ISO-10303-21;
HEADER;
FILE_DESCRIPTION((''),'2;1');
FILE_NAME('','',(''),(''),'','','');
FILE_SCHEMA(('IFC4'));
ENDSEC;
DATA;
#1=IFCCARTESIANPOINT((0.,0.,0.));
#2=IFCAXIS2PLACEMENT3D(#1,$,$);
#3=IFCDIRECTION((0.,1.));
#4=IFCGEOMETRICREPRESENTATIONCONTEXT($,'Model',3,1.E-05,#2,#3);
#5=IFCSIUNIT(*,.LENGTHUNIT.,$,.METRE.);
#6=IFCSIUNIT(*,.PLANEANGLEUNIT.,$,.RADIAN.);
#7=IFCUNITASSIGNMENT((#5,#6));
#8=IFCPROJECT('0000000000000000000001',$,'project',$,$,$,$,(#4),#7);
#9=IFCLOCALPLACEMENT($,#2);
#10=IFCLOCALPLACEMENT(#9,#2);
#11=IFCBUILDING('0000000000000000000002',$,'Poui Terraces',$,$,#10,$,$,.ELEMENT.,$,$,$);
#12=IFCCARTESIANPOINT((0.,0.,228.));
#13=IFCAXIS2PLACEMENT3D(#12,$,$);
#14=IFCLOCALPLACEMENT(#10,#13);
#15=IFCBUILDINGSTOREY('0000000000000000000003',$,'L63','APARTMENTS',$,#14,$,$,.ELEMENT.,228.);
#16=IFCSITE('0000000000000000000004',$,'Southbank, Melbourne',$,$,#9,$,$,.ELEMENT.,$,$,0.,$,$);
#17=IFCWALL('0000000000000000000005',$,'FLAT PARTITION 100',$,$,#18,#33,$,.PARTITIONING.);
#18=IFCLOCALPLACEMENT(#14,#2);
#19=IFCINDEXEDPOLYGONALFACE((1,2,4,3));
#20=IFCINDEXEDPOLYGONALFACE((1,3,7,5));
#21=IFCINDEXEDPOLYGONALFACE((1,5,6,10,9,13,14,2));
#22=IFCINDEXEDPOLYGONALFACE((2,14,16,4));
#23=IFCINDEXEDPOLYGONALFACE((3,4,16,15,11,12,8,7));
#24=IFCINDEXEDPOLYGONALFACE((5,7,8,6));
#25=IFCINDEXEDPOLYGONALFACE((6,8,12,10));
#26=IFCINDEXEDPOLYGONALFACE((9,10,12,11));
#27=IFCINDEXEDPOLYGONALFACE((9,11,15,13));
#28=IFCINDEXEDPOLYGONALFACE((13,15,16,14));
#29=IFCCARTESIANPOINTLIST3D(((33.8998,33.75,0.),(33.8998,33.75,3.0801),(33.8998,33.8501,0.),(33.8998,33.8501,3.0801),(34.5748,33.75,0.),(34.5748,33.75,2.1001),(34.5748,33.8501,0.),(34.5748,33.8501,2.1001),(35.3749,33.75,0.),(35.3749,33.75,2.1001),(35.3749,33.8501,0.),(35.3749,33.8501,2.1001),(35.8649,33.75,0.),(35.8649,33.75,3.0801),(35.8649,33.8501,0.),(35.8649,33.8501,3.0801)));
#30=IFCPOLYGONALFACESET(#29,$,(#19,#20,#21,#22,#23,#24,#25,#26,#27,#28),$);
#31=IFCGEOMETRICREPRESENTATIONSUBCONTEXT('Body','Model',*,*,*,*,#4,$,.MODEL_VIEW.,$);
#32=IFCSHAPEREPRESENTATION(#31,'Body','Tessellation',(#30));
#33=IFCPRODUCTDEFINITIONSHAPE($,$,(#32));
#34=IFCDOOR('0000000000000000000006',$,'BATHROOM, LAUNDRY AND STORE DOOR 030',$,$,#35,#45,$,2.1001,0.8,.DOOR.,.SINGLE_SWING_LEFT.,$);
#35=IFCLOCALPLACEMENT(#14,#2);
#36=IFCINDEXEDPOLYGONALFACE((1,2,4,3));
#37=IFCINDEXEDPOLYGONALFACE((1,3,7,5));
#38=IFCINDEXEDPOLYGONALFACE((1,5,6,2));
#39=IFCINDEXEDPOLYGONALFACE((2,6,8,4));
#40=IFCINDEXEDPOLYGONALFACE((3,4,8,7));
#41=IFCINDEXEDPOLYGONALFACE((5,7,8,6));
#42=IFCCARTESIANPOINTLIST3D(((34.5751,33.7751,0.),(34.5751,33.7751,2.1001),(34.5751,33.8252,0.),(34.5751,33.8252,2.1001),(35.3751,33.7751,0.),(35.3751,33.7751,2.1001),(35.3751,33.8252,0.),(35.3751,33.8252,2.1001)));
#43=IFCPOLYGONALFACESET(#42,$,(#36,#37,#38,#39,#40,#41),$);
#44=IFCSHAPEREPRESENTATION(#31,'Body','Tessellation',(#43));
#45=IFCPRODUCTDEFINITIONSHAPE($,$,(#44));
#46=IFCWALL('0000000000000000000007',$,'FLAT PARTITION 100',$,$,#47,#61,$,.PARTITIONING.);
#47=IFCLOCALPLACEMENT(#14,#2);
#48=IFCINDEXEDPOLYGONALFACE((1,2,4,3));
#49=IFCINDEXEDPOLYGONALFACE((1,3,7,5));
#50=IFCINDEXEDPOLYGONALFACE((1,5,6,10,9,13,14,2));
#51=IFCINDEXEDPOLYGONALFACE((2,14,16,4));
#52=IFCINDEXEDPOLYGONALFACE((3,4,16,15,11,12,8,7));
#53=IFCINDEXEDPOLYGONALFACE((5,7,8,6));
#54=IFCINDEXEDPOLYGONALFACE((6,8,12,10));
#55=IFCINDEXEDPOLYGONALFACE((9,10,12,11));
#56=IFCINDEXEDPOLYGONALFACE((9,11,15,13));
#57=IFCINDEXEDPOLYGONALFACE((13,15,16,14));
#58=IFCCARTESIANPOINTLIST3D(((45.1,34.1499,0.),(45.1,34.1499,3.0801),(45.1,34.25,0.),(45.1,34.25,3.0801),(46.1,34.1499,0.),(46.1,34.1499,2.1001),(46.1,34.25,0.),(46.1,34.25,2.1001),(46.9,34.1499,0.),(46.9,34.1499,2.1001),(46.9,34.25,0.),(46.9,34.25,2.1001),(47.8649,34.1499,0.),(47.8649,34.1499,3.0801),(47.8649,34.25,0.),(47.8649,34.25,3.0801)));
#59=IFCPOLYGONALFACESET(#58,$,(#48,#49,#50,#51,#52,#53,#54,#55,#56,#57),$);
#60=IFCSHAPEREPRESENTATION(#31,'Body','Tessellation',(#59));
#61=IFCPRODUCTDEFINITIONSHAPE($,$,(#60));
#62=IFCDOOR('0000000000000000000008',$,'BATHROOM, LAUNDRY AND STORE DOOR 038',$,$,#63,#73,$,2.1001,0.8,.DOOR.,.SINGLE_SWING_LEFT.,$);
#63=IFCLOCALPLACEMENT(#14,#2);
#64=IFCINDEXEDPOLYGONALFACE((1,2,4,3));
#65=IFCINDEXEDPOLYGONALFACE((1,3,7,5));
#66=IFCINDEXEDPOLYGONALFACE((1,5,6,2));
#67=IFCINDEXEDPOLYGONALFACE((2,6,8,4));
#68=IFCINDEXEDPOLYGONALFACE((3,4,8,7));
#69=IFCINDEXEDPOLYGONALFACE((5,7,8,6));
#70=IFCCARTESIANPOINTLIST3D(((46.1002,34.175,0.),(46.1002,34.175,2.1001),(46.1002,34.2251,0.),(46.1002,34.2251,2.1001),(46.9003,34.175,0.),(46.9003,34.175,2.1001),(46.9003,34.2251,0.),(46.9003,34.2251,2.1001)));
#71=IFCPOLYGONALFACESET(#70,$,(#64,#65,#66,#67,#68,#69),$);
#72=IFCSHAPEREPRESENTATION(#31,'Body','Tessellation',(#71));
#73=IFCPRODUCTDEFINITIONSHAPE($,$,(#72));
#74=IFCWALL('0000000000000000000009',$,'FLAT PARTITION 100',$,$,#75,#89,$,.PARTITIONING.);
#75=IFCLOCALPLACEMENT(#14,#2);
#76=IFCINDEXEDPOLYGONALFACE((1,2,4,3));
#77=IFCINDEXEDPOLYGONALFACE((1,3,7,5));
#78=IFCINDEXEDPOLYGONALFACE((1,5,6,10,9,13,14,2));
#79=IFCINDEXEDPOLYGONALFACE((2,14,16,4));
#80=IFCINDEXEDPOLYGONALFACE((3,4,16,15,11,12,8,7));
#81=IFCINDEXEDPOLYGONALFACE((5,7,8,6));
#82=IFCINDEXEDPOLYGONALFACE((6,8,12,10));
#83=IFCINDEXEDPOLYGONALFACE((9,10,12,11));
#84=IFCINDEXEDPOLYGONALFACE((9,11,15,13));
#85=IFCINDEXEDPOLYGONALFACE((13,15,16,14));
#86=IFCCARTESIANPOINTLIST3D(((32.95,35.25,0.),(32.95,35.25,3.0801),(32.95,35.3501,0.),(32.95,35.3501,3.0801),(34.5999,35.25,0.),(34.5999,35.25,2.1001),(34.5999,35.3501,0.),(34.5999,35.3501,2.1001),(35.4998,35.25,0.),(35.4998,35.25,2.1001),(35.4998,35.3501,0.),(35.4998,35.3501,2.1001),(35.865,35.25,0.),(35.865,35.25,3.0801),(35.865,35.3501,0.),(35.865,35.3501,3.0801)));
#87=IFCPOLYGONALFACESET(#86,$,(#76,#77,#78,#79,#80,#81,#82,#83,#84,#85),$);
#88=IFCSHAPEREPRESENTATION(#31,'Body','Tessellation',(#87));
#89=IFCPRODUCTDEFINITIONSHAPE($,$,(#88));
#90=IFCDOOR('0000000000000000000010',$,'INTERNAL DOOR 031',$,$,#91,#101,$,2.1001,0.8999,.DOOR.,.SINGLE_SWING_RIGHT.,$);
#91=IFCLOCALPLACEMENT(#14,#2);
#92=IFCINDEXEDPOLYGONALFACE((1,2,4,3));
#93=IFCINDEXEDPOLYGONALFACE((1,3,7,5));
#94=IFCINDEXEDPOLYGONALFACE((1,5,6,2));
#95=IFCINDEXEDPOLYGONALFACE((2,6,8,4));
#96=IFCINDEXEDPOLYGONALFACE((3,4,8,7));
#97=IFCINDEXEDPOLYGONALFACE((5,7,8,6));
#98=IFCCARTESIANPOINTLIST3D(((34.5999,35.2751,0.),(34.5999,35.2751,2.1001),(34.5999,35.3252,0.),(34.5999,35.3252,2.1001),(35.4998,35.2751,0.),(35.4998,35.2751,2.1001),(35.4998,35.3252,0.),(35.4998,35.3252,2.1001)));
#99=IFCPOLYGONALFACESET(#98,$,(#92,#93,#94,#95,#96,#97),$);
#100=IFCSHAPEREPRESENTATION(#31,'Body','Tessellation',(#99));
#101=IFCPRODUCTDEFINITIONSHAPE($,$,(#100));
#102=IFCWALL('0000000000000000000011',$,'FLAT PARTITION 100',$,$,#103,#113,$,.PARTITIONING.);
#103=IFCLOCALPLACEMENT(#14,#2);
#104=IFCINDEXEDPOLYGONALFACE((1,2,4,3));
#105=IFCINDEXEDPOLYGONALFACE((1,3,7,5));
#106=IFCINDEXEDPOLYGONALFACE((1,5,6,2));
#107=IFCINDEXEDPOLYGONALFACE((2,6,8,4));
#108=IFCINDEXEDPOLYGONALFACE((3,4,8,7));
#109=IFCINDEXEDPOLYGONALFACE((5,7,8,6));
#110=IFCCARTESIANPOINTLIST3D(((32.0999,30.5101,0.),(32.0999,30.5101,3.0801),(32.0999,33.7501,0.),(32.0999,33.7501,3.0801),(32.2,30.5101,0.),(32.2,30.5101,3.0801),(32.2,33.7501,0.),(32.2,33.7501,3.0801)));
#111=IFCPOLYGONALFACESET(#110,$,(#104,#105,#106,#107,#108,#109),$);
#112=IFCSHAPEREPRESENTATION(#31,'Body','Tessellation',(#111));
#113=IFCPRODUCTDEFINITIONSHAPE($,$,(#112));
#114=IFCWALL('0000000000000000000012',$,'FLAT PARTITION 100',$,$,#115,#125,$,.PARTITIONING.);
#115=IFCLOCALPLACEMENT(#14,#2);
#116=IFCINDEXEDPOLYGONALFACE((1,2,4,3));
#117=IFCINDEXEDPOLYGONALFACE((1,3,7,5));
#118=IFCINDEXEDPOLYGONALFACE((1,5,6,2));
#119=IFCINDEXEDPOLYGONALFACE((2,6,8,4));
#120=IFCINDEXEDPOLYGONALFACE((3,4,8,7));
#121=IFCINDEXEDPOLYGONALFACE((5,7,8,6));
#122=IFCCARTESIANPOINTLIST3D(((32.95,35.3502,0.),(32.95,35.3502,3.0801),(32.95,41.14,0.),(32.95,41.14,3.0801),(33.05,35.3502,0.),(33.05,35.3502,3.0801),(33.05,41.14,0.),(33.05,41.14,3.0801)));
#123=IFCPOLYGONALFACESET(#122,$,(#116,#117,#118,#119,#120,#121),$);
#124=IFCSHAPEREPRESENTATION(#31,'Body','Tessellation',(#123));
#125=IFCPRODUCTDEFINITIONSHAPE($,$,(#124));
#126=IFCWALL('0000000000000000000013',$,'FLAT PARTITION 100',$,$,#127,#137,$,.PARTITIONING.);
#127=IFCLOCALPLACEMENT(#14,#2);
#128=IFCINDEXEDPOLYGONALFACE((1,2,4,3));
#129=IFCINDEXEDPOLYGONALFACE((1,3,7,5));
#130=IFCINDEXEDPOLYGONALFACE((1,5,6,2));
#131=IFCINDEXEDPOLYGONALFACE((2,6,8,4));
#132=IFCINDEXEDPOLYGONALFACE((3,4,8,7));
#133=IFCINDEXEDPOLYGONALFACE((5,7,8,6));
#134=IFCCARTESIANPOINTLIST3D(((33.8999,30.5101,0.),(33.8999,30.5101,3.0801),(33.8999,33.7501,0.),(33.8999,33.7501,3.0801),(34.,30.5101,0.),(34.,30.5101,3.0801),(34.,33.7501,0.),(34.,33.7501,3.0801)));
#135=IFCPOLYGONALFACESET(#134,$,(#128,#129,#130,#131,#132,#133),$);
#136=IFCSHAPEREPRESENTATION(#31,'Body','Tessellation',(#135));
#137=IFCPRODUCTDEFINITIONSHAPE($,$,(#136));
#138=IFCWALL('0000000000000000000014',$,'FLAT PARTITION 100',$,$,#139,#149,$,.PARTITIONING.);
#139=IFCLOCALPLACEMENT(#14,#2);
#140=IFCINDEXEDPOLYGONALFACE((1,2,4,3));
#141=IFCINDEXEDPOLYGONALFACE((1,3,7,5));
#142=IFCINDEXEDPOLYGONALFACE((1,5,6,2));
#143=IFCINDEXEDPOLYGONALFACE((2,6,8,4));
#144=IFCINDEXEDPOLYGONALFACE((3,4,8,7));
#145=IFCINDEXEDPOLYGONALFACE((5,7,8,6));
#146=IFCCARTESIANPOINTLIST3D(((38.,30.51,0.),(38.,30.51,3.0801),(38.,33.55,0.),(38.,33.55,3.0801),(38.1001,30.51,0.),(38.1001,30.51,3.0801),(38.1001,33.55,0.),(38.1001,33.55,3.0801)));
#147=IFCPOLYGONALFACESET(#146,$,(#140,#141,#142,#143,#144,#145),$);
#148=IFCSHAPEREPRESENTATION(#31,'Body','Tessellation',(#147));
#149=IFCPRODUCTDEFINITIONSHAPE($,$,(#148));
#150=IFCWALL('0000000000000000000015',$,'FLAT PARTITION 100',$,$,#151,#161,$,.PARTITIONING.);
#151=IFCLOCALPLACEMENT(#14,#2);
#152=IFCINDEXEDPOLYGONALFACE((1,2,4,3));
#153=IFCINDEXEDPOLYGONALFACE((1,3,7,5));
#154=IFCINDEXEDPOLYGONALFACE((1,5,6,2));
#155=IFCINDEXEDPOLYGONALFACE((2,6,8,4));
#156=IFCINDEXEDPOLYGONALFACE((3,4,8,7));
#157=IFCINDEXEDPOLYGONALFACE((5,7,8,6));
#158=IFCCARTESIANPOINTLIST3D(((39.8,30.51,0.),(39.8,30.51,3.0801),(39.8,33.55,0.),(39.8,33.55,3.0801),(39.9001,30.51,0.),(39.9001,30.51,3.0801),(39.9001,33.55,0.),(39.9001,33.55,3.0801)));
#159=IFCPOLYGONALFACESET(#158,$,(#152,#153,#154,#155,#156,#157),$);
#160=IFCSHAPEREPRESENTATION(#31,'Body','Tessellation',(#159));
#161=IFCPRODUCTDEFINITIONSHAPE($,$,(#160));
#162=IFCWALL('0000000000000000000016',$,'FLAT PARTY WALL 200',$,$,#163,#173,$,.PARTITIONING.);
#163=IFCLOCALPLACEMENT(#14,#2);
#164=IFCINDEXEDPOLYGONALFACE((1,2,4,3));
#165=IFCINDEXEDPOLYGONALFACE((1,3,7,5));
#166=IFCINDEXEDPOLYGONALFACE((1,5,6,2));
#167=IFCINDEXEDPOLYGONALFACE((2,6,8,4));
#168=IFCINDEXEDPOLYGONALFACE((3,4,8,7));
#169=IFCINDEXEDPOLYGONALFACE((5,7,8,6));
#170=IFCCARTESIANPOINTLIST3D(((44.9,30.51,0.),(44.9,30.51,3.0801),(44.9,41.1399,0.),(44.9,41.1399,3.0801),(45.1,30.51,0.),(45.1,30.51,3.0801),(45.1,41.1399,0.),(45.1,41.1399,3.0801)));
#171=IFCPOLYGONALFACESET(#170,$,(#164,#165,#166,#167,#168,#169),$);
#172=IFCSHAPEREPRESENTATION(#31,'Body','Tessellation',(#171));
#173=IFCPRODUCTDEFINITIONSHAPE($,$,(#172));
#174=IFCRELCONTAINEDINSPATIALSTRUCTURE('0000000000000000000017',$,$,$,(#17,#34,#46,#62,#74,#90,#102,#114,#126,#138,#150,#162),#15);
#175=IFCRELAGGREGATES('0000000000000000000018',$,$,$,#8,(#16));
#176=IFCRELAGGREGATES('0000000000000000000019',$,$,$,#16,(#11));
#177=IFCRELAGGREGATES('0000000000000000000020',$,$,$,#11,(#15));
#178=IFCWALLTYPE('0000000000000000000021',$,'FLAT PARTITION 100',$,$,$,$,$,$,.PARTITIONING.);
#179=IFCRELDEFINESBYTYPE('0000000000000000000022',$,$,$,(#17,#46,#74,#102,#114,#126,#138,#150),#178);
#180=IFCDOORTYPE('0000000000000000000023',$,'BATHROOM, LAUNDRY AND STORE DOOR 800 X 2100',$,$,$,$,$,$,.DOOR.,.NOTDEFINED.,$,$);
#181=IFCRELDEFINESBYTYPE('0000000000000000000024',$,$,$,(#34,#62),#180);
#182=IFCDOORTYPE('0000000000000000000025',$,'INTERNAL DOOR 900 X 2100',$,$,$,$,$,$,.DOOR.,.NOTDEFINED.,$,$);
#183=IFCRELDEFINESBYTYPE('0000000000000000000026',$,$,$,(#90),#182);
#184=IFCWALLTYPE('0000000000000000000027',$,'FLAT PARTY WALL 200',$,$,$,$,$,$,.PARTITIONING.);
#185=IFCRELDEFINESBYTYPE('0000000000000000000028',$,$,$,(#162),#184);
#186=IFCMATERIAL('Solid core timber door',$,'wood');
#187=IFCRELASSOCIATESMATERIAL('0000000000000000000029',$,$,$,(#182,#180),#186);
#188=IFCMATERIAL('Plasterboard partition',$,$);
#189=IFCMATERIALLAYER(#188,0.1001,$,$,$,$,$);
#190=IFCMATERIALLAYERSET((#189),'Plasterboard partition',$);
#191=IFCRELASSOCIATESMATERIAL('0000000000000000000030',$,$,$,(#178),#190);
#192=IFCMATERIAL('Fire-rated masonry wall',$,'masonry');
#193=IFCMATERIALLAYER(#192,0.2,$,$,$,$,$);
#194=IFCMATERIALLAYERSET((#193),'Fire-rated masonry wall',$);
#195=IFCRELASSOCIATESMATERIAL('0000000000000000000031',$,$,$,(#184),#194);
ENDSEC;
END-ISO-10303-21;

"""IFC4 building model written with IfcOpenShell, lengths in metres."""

from ifc_helpers import new_model, si_unit, direction, frame, frame_2d, origin, place, context, subcontext, project, spatial, rectangle, extrude, material, layer, layer_set, type_object, element, fill, save


model = new_model("IFC4")

# Units and contexts
model_context = context("Model", 3, precision=1e-05, world=origin(), true_north=direction((0.0, 1.0)))
body_context = subcontext(model_context, "Body", "Model", "MODEL_VIEW")
ifc_project = project(units=[si_unit("LENGTHUNIT", "METRE"), si_unit("PLANEANGLEUNIT", "RADIAN")], contexts=[model_context])

# Site, building, storey
site_placement = place(None, origin())
site = spatial("IfcSite", under=ifc_project, at=site_placement, Name="Southbank, Melbourne", CompositionType="ELEMENT", RefElevation=0.0)
building_placement = place(site_placement, origin())
building = spatial("IfcBuilding", under=site, at=building_placement, Name="Poui Terraces", CompositionType="ELEMENT")
storey_placement = place(building_placement, frame((0.0, 0.0, 228.0)))
storey = spatial("IfcBuildingStorey", under=building, at=storey_placement, Name="L63", Description="APARTMENTS", CompositionType="ELEMENT", Elevation=228.0)

# Walls, openings, doors
ifc_material_1 = material(Name="Solid core timber door", Category="wood")
door_type_1 = type_object("IfcDoorType", Name="INTERNAL DOOR 900 X 2100", OperationType="NOTDEFINED", PredefinedType="DOOR", material=ifc_material_1)
ifc_material_2 = material(Name="Plasterboard partition")
ifc_layer_1 = layer(ifc_material_2, 0.1001)
ifc_layer_set_1 = layer_set([ifc_layer_1], Name="Plasterboard partition")
wall_type_1 = type_object("IfcWallType", Name="FLAT PARTITION 100", PredefinedType="PARTITIONING", material=ifc_layer_set_1)
door_type_2 = type_object("IfcDoorType", Name="BATHROOM, LAUNDRY AND STORE DOOR 800 X 2100", OperationType="NOTDEFINED", PredefinedType="DOOR", material=ifc_material_1)
wall_1_placement = place(storey_placement, frame((33.8999, 33.8, 0.0), z_axis=(0.0, 0.0, 1.0), x_axis=(1.0, 0.0, 0.0)))
wall_1 = element("IfcWall", 1, at=wall_1_placement, inside=storey, type_object=wall_type_1, Name="FLAT PARTITION 100", PredefinedType="PARTITIONING", context=body_context, shape_type="SweptSolid", body=[
    extrude(rectangle(XDim=1.9651, YDim=0.1001, at=frame_2d((0.9824, 0.0))), origin(), (0.0, 0.0, 1.0), 3.0801),
])
opening_1_placement = place(wall_1_placement, frame((0.675, 0.0, 0.0)))
opening_1 = element("IfcOpeningElement", 2, at=opening_1_placement, cuts=wall_1, PredefinedType="OPENING", context=body_context, shape_type="SweptSolid", body=[
    extrude(rectangle(XDim=0.8, YDim=2.1001, at=frame_2d((0.3999, 1.05))), frame((0.0, 0.0601, 0.0), z_axis=(0.0, -1.0, 0.0), x_axis=(1.0, 0.0, 0.0)), (0.0, 0.0, 1.0), 0.1201),
])
door_1_placement = place(opening_1_placement, frame((0.8, 0.0, 0.0), z_axis=(0.0, 0.0, 1.0), x_axis=(-1.0, 0.0, 0.0)))
door_1 = element("IfcDoor", 3, at=door_1_placement, inside=storey, type_object=door_type_2, Name="BATHROOM, LAUNDRY AND STORE DOOR 030", OperationType="SINGLE_SWING_LEFT", OverallHeight=2.1001, OverallWidth=0.8, PredefinedType="DOOR", context=body_context, shape_type="SweptSolid", body=[
    extrude(rectangle(XDim=0.8, YDim=2.1001, at=frame_2d((0.3999, 1.05))), frame((0.0, 0.0249, 0.0), z_axis=(0.0, -1.0, 0.0), x_axis=(1.0, 0.0, 0.0)), (0.0, 0.0, 1.0), 0.05),
])
fill(opening_1, door_1)
wall_2_placement = place(storey_placement, frame((45.1001, 34.2, 0.0), z_axis=(0.0, 0.0, 1.0), x_axis=(1.0, 0.0, 0.0)))
wall_2 = element("IfcWall", 4, at=wall_2_placement, inside=storey, type_object=wall_type_1, Name="FLAT PARTITION 100", PredefinedType="PARTITIONING", context=body_context, shape_type="SweptSolid", body=[
    extrude(rectangle(XDim=2.7649, YDim=0.1001, at=frame_2d((1.3823, 0.0))), origin(), (0.0, 0.0, 1.0), 3.0801),
])
opening_2_placement = place(wall_2_placement, frame((1.0, 0.0, 0.0)))
opening_2 = element("IfcOpeningElement", 5, at=opening_2_placement, cuts=wall_2, PredefinedType="OPENING", context=body_context, shape_type="SweptSolid", body=[
    extrude(rectangle(XDim=0.8, YDim=2.1001, at=frame_2d((0.3999, 1.05))), frame((0.0, 0.0601, 0.0), z_axis=(0.0, -1.0, 0.0), x_axis=(1.0, 0.0, 0.0)), (0.0, 0.0, 1.0), 0.1201),
])
door_2_placement = place(opening_2_placement, frame((0.8, 0.0, 0.0), z_axis=(0.0, 0.0, 1.0), x_axis=(-1.0, 0.0, 0.0)))
door_2 = element("IfcDoor", 6, at=door_2_placement, inside=storey, type_object=door_type_2, Name="BATHROOM, LAUNDRY AND STORE DOOR 038", OperationType="SINGLE_SWING_LEFT", OverallHeight=2.1001, OverallWidth=0.8, PredefinedType="DOOR", context=body_context, shape_type="SweptSolid", body=[
    extrude(rectangle(XDim=0.8, YDim=2.1001, at=frame_2d((0.3999, 1.05))), frame((0.0, 0.0249, 0.0), z_axis=(0.0, -1.0, 0.0), x_axis=(1.0, 0.0, 0.0)), (0.0, 0.0, 1.0), 0.05),
])
fill(opening_2, door_2)
wall_3_placement = place(storey_placement, frame((32.95, 35.3, 0.0), z_axis=(0.0, 0.0, 1.0), x_axis=(1.0, 0.0, 0.0)))
wall_3 = element("IfcWall", 7, at=wall_3_placement, inside=storey, type_object=wall_type_1, Name="FLAT PARTITION 100", PredefinedType="PARTITIONING", context=body_context, shape_type="SweptSolid", body=[
    extrude(rectangle(XDim=2.915, YDim=0.1001, at=frame_2d((1.4575, 0.0))), origin(), (0.0, 0.0, 1.0), 3.0801),
])
opening_3_placement = place(wall_3_placement, frame((1.6499, 0.0, 0.0)))
opening_3 = element("IfcOpeningElement", 8, at=opening_3_placement, cuts=wall_3, PredefinedType="OPENING", context=body_context, shape_type="SweptSolid", body=[
    extrude(rectangle(XDim=0.8999, YDim=2.1001, at=frame_2d((0.45, 1.05))), frame((0.0, 0.0601, 0.0), z_axis=(0.0, -1.0, 0.0), x_axis=(1.0, 0.0, 0.0)), (0.0, 0.0, 1.0), 0.1201),
])
door_3_placement = place(opening_3_placement, frame((0.8999, 0.0, 0.0), z_axis=(0.0, 0.0, 1.0), x_axis=(-1.0, 0.0, 0.0)))
door_3 = element("IfcDoor", 9, at=door_3_placement, inside=storey, type_object=door_type_1, Name="INTERNAL DOOR 031", OperationType="SINGLE_SWING_RIGHT", OverallHeight=2.1001, OverallWidth=0.8999, PredefinedType="DOOR", context=body_context, shape_type="SweptSolid", body=[
    extrude(rectangle(XDim=0.8999, YDim=2.1001, at=frame_2d((0.45, 1.05))), frame((0.0, 0.0249, 0.0), z_axis=(0.0, -1.0, 0.0), x_axis=(1.0, 0.0, 0.0)), (0.0, 0.0, 1.0), 0.05),
])
fill(opening_3, door_3)

# Walls
wall_4_placement = place(storey_placement, frame((32.1499, 30.51, 0.0), z_axis=(0.0, 0.0, 1.0), x_axis=(0.0, 1.0, 0.0)))
element("IfcWall", 10, at=wall_4_placement, inside=storey, type_object=wall_type_1, Name="FLAT PARTITION 100", PredefinedType="PARTITIONING", context=body_context, shape_type="SweptSolid", body=[
    extrude(rectangle(XDim=3.24, YDim=0.1001, at=frame_2d((1.6201, 0.0))), origin(), (0.0, 0.0, 1.0), 3.0801),
])
wall_5_placement = place(storey_placement, frame((33.0, 35.3501, 0.0), z_axis=(0.0, 0.0, 1.0), x_axis=(0.0, 1.0, 0.0)))
element("IfcWall", 11, at=wall_5_placement, inside=storey, type_object=wall_type_1, Name="FLAT PARTITION 100", PredefinedType="PARTITIONING", context=body_context, shape_type="SweptSolid", body=[
    extrude(rectangle(XDim=5.7898, YDim=0.1001, at=frame_2d((2.895, 0.0))), origin(), (0.0, 0.0, 1.0), 3.0801),
])
wall_6_placement = place(storey_placement, frame((33.95, 30.51, 0.0), z_axis=(0.0, 0.0, 1.0), x_axis=(0.0, 1.0, 0.0)))
element("IfcWall", 12, at=wall_6_placement, inside=storey, type_object=wall_type_1, Name="FLAT PARTITION 100", PredefinedType="PARTITIONING", context=body_context, shape_type="SweptSolid", body=[
    extrude(rectangle(XDim=3.24, YDim=0.1001, at=frame_2d((1.6201, 0.0))), origin(), (0.0, 0.0, 1.0), 3.0801),
])
for number, where, z_axis, x_axis, name in (
    (13, (38.05, 30.51, 0.0), (0.0, 0.0, 1.0), (0.0, 1.0, 0.0), "FLAT PARTITION 100"),
    (14, (39.8501, 30.51, 0.0), (0.0, 0.0, 1.0), (0.0, 1.0, 0.0), "FLAT PARTITION 100"),
):
    element("IfcWall", number, at=place(storey_placement, frame(where, z_axis=z_axis, x_axis=x_axis)), inside=storey, type_object=wall_type_1, Name=name, PredefinedType="PARTITIONING", context=body_context, shape_type="SweptSolid", body=[
        extrude(rectangle(XDim=3.04, YDim=0.1001, at=frame_2d((1.52, 0.0))), origin(), (0.0, 0.0, 1.0), 3.0801),
    ])
ifc_material_3 = material(Name="Fire-rated masonry wall", Category="masonry")
ifc_layer_2 = layer(ifc_material_3, 0.2)
ifc_layer_set_2 = layer_set([ifc_layer_2], Name="Fire-rated masonry wall")
wall_type_2 = type_object("IfcWallType", Name="FLAT PARTY WALL 200", PredefinedType="PARTITIONING", material=ifc_layer_set_2)
wall_7_placement = place(storey_placement, frame((45.0, 30.51, 0.0), z_axis=(0.0, 0.0, 1.0), x_axis=(0.0, 1.0, 0.0)))
element("IfcWall", 15, at=wall_7_placement, inside=storey, type_object=wall_type_2, Name="FLAT PARTY WALL 200", PredefinedType="PARTITIONING", context=body_context, shape_type="SweptSolid", body=[
    extrude(rectangle(XDim=10.6299, YDim=0.2, at=frame_2d((5.3149, 0.0))), origin(), (0.0, 0.0, 1.0), 3.0801),
])

save(model, "model.ifc")
